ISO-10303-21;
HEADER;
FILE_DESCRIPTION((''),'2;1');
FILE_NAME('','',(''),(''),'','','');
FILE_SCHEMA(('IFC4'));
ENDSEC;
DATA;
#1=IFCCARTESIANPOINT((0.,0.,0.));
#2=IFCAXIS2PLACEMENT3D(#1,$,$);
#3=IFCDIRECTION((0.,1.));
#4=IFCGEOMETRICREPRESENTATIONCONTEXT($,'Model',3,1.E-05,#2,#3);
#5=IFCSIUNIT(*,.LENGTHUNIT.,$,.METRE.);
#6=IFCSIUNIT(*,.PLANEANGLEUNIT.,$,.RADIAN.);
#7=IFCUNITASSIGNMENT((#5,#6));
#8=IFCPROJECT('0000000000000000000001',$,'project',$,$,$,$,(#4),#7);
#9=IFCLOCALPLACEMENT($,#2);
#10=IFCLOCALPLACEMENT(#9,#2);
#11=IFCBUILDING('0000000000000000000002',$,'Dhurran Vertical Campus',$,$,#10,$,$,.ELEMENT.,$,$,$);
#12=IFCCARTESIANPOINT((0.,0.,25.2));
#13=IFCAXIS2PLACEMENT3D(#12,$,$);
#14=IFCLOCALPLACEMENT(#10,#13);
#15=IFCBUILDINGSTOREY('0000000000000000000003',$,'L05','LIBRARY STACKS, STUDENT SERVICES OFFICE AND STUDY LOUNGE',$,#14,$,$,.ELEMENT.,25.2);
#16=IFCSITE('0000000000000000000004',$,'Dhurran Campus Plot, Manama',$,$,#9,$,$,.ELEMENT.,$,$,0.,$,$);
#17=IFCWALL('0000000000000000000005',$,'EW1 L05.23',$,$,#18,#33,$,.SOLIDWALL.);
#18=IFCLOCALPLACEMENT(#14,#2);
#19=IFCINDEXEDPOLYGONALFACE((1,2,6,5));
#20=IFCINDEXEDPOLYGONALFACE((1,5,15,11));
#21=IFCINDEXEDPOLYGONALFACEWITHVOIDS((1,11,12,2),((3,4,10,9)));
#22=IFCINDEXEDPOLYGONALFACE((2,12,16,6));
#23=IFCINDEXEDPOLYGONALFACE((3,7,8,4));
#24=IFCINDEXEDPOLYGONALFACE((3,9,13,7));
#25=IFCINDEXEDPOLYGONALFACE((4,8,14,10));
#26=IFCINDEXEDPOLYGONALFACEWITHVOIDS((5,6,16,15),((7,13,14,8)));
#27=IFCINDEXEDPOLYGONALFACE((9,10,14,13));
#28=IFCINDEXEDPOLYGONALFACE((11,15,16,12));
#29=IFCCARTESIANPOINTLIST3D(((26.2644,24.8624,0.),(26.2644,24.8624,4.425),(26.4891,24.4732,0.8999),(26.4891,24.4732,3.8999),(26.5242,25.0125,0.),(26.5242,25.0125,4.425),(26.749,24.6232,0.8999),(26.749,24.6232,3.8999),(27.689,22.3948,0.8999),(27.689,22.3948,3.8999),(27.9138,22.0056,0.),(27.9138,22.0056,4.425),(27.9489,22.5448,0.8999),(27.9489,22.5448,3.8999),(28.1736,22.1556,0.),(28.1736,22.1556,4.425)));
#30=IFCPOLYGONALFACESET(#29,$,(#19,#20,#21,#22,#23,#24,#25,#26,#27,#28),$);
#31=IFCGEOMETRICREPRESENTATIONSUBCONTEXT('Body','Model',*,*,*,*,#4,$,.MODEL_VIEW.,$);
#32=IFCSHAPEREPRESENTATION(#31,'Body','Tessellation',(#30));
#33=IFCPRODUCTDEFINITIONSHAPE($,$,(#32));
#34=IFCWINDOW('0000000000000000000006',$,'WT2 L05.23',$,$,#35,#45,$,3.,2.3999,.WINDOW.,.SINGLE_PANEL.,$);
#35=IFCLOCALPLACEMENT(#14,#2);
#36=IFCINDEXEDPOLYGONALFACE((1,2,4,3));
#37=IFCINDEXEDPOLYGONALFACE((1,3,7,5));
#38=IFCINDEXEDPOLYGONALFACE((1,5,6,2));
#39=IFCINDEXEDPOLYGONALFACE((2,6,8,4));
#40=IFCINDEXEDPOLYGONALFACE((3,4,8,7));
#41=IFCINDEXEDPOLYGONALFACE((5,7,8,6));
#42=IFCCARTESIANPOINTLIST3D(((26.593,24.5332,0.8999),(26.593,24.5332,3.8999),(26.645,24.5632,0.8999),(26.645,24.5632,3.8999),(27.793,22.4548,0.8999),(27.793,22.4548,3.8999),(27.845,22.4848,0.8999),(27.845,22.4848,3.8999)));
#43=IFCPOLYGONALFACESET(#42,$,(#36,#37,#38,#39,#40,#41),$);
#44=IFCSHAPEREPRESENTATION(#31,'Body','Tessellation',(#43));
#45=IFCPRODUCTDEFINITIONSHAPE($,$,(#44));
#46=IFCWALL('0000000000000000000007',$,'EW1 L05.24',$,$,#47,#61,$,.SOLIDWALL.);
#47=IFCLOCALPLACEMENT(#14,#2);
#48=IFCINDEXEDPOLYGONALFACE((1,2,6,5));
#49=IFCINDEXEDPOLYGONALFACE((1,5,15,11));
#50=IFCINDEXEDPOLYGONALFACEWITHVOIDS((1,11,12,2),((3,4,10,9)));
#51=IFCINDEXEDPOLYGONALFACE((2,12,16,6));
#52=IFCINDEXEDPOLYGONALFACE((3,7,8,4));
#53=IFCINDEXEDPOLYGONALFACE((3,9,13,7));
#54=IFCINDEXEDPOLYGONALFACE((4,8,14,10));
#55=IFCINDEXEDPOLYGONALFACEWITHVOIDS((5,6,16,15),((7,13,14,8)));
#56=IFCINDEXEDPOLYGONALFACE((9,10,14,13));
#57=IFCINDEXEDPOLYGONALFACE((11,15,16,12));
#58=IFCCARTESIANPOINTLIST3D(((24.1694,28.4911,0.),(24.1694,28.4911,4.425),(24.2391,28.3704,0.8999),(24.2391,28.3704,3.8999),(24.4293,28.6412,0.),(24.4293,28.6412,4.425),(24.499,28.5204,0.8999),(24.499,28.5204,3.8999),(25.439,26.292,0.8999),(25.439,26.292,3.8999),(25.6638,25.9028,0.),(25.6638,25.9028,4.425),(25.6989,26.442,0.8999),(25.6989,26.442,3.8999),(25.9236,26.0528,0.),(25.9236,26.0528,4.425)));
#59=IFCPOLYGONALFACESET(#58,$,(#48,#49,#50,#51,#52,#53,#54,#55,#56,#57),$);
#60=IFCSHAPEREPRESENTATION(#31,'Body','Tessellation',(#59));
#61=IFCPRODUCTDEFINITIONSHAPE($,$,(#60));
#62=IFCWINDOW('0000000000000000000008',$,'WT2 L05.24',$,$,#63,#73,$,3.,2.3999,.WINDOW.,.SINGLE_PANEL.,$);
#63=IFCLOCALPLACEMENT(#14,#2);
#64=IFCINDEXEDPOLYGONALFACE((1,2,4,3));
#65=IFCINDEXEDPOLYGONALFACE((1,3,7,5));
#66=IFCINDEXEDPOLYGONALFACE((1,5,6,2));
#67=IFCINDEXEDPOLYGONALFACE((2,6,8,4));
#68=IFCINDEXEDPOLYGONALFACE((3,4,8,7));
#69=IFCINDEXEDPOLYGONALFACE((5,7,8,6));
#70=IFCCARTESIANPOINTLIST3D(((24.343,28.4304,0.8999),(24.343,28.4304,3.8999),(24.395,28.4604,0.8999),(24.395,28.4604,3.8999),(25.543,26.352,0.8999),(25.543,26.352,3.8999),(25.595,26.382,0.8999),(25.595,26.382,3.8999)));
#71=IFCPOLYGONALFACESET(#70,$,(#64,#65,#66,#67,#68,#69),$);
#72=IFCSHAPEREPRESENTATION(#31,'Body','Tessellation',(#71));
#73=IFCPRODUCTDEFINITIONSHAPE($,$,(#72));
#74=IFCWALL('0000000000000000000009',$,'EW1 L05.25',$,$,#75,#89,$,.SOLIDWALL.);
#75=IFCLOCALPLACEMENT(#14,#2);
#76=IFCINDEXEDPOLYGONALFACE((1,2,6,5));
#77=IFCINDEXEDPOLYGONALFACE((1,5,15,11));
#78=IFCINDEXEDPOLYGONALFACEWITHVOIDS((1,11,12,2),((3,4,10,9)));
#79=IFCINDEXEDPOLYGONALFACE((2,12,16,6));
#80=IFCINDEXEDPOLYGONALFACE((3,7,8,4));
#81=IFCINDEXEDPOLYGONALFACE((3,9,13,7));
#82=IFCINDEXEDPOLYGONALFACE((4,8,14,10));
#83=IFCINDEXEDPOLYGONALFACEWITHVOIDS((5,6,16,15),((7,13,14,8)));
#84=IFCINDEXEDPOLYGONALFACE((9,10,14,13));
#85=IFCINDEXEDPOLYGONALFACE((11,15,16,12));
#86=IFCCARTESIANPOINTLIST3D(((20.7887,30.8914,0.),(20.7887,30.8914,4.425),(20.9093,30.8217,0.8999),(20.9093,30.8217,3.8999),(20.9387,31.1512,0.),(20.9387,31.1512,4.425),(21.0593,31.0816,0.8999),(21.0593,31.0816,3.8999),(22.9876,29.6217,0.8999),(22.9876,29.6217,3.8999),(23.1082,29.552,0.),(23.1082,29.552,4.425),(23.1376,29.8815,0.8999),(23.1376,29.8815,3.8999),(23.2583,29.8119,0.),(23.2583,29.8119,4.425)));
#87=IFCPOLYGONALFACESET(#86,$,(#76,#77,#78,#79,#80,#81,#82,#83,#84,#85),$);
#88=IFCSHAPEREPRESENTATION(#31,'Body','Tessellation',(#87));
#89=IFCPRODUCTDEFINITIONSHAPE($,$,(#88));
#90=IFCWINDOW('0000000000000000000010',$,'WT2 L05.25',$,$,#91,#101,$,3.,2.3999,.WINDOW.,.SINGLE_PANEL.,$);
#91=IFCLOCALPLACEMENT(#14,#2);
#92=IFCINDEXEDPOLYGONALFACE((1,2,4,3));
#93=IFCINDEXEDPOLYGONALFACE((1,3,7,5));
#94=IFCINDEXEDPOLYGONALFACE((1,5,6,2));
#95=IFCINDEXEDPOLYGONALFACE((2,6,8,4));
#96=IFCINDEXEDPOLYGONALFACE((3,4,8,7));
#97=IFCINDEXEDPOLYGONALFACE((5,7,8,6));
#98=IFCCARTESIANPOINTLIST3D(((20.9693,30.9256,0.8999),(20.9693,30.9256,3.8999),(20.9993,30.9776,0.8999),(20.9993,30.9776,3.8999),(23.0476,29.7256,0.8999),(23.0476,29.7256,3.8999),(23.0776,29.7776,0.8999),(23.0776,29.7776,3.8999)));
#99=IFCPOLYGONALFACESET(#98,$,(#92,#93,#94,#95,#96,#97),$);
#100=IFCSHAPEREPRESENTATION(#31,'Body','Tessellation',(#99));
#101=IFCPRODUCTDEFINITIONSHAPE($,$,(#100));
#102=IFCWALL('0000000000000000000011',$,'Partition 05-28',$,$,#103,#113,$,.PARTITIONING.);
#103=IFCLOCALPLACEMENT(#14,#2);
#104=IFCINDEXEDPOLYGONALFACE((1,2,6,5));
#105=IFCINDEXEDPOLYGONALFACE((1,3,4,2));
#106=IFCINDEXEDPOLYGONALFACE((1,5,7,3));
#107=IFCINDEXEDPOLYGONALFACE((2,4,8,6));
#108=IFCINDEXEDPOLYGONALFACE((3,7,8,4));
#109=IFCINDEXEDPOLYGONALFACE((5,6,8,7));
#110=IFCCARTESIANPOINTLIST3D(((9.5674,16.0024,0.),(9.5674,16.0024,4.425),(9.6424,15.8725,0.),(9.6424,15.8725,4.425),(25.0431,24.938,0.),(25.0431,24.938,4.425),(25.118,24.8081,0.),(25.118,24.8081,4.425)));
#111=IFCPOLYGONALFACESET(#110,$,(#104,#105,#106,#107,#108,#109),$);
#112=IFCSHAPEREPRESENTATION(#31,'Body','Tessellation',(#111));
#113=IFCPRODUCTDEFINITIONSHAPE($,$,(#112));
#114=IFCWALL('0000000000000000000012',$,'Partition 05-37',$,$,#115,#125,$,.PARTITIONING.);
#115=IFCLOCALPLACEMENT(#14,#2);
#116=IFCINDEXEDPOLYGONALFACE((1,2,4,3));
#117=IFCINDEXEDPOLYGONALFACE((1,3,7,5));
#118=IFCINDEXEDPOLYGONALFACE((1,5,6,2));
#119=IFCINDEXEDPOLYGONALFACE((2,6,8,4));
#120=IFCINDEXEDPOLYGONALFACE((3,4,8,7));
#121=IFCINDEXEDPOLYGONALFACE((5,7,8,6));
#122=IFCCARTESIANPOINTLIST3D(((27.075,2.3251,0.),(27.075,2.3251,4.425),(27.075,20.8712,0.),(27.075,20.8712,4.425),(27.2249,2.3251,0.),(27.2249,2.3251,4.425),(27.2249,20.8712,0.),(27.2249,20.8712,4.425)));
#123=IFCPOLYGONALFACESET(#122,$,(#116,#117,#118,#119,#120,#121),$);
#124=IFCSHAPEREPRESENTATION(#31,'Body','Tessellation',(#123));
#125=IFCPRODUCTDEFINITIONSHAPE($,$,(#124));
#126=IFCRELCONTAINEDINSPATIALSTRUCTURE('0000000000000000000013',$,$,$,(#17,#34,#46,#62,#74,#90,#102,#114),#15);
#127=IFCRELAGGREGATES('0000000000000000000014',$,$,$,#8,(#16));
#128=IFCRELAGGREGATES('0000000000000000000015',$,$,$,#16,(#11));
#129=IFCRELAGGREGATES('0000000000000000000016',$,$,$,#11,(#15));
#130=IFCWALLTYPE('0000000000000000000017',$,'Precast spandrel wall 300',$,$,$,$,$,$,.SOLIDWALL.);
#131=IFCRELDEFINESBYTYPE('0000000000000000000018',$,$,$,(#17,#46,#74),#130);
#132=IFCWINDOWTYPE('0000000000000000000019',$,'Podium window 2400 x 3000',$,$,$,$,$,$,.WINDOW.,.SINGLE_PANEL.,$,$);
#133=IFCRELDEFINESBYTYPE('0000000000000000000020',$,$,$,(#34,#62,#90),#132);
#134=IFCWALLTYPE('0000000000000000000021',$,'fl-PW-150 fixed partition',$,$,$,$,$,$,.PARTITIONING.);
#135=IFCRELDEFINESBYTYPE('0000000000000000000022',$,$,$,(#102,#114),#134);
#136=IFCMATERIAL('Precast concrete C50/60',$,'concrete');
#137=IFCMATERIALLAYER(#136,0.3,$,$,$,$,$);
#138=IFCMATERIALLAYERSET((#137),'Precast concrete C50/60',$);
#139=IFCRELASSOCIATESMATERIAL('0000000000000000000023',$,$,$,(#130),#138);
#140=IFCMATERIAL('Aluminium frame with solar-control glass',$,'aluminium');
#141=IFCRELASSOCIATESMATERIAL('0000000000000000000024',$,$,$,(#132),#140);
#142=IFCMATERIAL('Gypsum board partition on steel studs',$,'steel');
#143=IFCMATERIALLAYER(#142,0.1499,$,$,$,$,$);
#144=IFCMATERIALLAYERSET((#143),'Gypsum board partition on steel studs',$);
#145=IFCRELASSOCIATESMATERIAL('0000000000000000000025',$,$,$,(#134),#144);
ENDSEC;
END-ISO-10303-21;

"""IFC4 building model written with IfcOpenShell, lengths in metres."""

from ifc_helpers import new_model, si_unit, direction, frame, frame_2d, origin, place, context, subcontext, project, spatial, rectangle, extrude, material, layer, layer_set, type_object, element, fill, save


model = new_model("IFC4")

# Units and contexts
model_context = context("Model", 3, precision=1e-05, world=origin(), true_north=direction((0.0, 1.0)))
body_context = subcontext(model_context, "Body", "Model", "MODEL_VIEW")
ifc_project = project(units=[si_unit("LENGTHUNIT", "METRE"), si_unit("PLANEANGLEUNIT", "RADIAN")], contexts=[model_context])

# Site, building, storey
site_placement = place(None, origin())
site = spatial("IfcSite", under=ifc_project, at=site_placement, Name="Dhurran Campus Plot, Manama", CompositionType="ELEMENT", RefElevation=0.0)
building_placement = place(site_placement, origin())
building = spatial("IfcBuilding", under=site, at=building_placement, Name="Dhurran Vertical Campus", CompositionType="ELEMENT")
storey_placement = place(building_placement, frame((0.0, 0.0, 25.2)))
storey = spatial("IfcBuildingStorey", under=building, at=storey_placement, Name="L05", Description="LIBRARY STACKS, STUDENT SERVICES OFFICE AND STUDY LOUNGE", CompositionType="ELEMENT", Elevation=25.2)

# Walls, openings, windows
ifc_material_1 = material(Name="Precast concrete C50/60", Category="concrete")
ifc_layer_1 = layer(ifc_material_1, 0.3)
ifc_layer_set_1 = layer_set([ifc_layer_1], Name="Precast concrete C50/60")
wall_type_1 = type_object("IfcWallType", Name="Precast spandrel wall 300", PredefinedType="SOLIDWALL", material=ifc_layer_set_1)
ifc_material_2 = material(Name="Aluminium frame with solar-control glass", Category="aluminium")
window_type = type_object("IfcWindowType", Name="Podium window 2400 x 3000", PartitioningType="SINGLE_PANEL", PredefinedType="WINDOW", material=ifc_material_2)
wall_1_placement = place(storey_placement, frame((28.0437, 22.0806, 0.0), z_axis=(0.0, 0.0, 1.0), x_axis=(-0.499992, 0.86603, 0.0)))
wall_1 = element("IfcWall", 1, at=wall_1_placement, inside=storey, type_object=wall_type_1, Name="EW1 L05.23", PredefinedType="SOLIDWALL", context=body_context, shape_type="SweptSolid", body=[
    extrude(rectangle(XDim=3.2988, YDim=0.3, at=frame_2d((1.6494, 0.0))), origin(), (0.0, 0.0, 1.0), 4.425),
])
opening_1_placement = place(wall_1_placement, frame((0.4495, 0.0, 0.8999)))
opening_1 = element("IfcOpeningElement", 2, at=opening_1_placement, cuts=wall_1, PredefinedType="OPENING", context=body_context, shape_type="SweptSolid", body=[
    extrude(rectangle(XDim=2.3999, YDim=3.0, at=frame_2d((1.2, 1.5))), frame((0.0, 0.1599, 0.0), z_axis=(0.0, -1.0, 0.0), x_axis=(1.0, 0.0, 0.0)), (0.0, 0.0, 1.0), 0.3201),
])
window_1_placement = place(opening_1_placement, origin())
window_1 = element("IfcWindow", 3, at=window_1_placement, inside=storey, type_object=window_type, Name="WT2 L05.23", OverallHeight=3.0, OverallWidth=2.3999, PartitioningType="SINGLE_PANEL", PredefinedType="WINDOW", context=body_context, shape_type="SweptSolid", body=[
    extrude(rectangle(XDim=2.3999, YDim=3.0, at=frame_2d((1.2, 1.5))), frame((0.0, 0.03, 0.0), z_axis=(0.0, -1.0, 0.0), x_axis=(1.0, 0.0, 0.0)), (0.0, 0.0, 1.0), 0.0601),
])
fill(opening_1, window_1)
wall_2_placement = place(storey_placement, frame((25.7937, 25.9778, 0.0), z_axis=(0.0, 0.0, 1.0), x_axis=(-0.499996, 0.866028, 0.0)))
wall_2 = element("IfcWall", 4, at=wall_2_placement, inside=storey, type_object=wall_type_1, Name="EW1 L05.24", PredefinedType="SOLIDWALL", context=body_context, shape_type="SweptSolid", body=[
    extrude(rectangle(XDim=2.9888, YDim=0.3, at=frame_2d((1.4944, 0.0))), origin(), (0.0, 0.0, 1.0), 4.425),
])
opening_2_placement = place(wall_2_placement, frame((0.4495, 0.0, 0.8999)))
opening_2 = element("IfcOpeningElement", 5, at=opening_2_placement, cuts=wall_2, PredefinedType="OPENING", context=body_context, shape_type="SweptSolid", body=[
    extrude(rectangle(XDim=2.3999, YDim=3.0, at=frame_2d((1.2, 1.5))), frame((0.0, 0.1599, 0.0), z_axis=(0.0, -1.0, 0.0), x_axis=(1.0, 0.0, 0.0)), (0.0, 0.0, 1.0), 0.3201),
])
window_2_placement = place(opening_2_placement, origin())
window_2 = element("IfcWindow", 6, at=window_2_placement, inside=storey, type_object=window_type, Name="WT2 L05.24", OverallHeight=3.0, OverallWidth=2.3999, PartitioningType="SINGLE_PANEL", PredefinedType="WINDOW", context=body_context, shape_type="SweptSolid", body=[
    extrude(rectangle(XDim=2.3999, YDim=3.0, at=frame_2d((1.2, 1.5))), frame((0.0, 0.03, 0.0), z_axis=(0.0, -1.0, 0.0), x_axis=(1.0, 0.0, 0.0)), (0.0, 0.0, 1.0), 0.0601),
])
fill(opening_2, window_2)
wall_3_placement = place(storey_placement, frame((23.1833, 29.6819, 0.0), z_axis=(0.0, 0.0, 1.0), x_axis=(-0.866002, 0.500041, 0.0)))
wall_3 = element("IfcWall", 7, at=wall_3_placement, inside=storey, type_object=wall_type_1, Name="EW1 L05.25", PredefinedType="SOLIDWALL", context=body_context, shape_type="SweptSolid", body=[
    extrude(rectangle(XDim=2.6785, YDim=0.3, at=frame_2d((1.3394, 0.0))), origin(), (0.0, 0.0, 1.0), 4.425),
])
opening_3_placement = place(wall_3_placement, frame((0.1394, 0.0, 0.8999)))
opening_3 = element("IfcOpeningElement", 8, at=opening_3_placement, cuts=wall_3, PredefinedType="OPENING", context=body_context, shape_type="SweptSolid", body=[
    extrude(rectangle(XDim=2.3999, YDim=3.0, at=frame_2d((1.2, 1.5))), frame((0.0, 0.1599, 0.0), z_axis=(0.0, -1.0, 0.0), x_axis=(1.0, 0.0, 0.0)), (0.0, 0.0, 1.0), 0.3201),
])
window_3_placement = place(opening_3_placement, origin())
window_3 = element("IfcWindow", 9, at=window_3_placement, inside=storey, type_object=window_type, Name="WT2 L05.25", OverallHeight=3.0, OverallWidth=2.3999, PartitioningType="SINGLE_PANEL", PredefinedType="WINDOW", context=body_context, shape_type="SweptSolid", body=[
    extrude(rectangle(XDim=2.3999, YDim=3.0, at=frame_2d((1.2, 1.5))), frame((0.0, 0.03, 0.0), z_axis=(0.0, -1.0, 0.0), x_axis=(1.0, 0.0, 0.0)), (0.0, 0.0, 1.0), 0.0601),
])
fill(opening_3, window_3)

# Walls
ifc_material_3 = material(Name="Gypsum board partition on steel studs", Category="steel")
ifc_layer_2 = layer(ifc_material_3, 0.1499)
ifc_layer_set_2 = layer_set([ifc_layer_2], Name="Gypsum board partition on steel studs")
wall_type_2 = type_object("IfcWallType", Name="fl-PW-150 fixed partition", PredefinedType="PARTITIONING", material=ifc_layer_set_2)
wall_4_placement = place(storey_placement, frame((25.0806, 24.873, 0.0), z_axis=(0.0, 0.0, 1.0), x_axis=(-0.866008, -0.50003, 0.0)))
element("IfcWall", 10, at=wall_4_placement, inside=storey, type_object=wall_type_2, Name="Partition 05-28", PredefinedType="PARTITIONING", context=body_context, shape_type="SweptSolid", body=[
    extrude(rectangle(XDim=17.8701, YDim=0.1499, at=frame_2d((8.9351, 0.0))), origin(), (0.0, 0.0, 1.0), 4.425),
])
wall_5_placement = place(storey_placement, frame((27.1499, 20.8711, 0.0), z_axis=(0.0, 0.0, 1.0), x_axis=(0.0, -1.0, 0.0)))
element("IfcWall", 11, at=wall_5_placement, inside=storey, type_object=wall_type_2, Name="Partition 05-37", PredefinedType="PARTITIONING", context=body_context, shape_type="SweptSolid", body=[
    extrude(rectangle(XDim=18.5461, YDim=0.1499, at=frame_2d((9.2729, 0.0))), origin(), (0.0, 0.0, 1.0), 4.425),
])

save(model, "model.ifc")
